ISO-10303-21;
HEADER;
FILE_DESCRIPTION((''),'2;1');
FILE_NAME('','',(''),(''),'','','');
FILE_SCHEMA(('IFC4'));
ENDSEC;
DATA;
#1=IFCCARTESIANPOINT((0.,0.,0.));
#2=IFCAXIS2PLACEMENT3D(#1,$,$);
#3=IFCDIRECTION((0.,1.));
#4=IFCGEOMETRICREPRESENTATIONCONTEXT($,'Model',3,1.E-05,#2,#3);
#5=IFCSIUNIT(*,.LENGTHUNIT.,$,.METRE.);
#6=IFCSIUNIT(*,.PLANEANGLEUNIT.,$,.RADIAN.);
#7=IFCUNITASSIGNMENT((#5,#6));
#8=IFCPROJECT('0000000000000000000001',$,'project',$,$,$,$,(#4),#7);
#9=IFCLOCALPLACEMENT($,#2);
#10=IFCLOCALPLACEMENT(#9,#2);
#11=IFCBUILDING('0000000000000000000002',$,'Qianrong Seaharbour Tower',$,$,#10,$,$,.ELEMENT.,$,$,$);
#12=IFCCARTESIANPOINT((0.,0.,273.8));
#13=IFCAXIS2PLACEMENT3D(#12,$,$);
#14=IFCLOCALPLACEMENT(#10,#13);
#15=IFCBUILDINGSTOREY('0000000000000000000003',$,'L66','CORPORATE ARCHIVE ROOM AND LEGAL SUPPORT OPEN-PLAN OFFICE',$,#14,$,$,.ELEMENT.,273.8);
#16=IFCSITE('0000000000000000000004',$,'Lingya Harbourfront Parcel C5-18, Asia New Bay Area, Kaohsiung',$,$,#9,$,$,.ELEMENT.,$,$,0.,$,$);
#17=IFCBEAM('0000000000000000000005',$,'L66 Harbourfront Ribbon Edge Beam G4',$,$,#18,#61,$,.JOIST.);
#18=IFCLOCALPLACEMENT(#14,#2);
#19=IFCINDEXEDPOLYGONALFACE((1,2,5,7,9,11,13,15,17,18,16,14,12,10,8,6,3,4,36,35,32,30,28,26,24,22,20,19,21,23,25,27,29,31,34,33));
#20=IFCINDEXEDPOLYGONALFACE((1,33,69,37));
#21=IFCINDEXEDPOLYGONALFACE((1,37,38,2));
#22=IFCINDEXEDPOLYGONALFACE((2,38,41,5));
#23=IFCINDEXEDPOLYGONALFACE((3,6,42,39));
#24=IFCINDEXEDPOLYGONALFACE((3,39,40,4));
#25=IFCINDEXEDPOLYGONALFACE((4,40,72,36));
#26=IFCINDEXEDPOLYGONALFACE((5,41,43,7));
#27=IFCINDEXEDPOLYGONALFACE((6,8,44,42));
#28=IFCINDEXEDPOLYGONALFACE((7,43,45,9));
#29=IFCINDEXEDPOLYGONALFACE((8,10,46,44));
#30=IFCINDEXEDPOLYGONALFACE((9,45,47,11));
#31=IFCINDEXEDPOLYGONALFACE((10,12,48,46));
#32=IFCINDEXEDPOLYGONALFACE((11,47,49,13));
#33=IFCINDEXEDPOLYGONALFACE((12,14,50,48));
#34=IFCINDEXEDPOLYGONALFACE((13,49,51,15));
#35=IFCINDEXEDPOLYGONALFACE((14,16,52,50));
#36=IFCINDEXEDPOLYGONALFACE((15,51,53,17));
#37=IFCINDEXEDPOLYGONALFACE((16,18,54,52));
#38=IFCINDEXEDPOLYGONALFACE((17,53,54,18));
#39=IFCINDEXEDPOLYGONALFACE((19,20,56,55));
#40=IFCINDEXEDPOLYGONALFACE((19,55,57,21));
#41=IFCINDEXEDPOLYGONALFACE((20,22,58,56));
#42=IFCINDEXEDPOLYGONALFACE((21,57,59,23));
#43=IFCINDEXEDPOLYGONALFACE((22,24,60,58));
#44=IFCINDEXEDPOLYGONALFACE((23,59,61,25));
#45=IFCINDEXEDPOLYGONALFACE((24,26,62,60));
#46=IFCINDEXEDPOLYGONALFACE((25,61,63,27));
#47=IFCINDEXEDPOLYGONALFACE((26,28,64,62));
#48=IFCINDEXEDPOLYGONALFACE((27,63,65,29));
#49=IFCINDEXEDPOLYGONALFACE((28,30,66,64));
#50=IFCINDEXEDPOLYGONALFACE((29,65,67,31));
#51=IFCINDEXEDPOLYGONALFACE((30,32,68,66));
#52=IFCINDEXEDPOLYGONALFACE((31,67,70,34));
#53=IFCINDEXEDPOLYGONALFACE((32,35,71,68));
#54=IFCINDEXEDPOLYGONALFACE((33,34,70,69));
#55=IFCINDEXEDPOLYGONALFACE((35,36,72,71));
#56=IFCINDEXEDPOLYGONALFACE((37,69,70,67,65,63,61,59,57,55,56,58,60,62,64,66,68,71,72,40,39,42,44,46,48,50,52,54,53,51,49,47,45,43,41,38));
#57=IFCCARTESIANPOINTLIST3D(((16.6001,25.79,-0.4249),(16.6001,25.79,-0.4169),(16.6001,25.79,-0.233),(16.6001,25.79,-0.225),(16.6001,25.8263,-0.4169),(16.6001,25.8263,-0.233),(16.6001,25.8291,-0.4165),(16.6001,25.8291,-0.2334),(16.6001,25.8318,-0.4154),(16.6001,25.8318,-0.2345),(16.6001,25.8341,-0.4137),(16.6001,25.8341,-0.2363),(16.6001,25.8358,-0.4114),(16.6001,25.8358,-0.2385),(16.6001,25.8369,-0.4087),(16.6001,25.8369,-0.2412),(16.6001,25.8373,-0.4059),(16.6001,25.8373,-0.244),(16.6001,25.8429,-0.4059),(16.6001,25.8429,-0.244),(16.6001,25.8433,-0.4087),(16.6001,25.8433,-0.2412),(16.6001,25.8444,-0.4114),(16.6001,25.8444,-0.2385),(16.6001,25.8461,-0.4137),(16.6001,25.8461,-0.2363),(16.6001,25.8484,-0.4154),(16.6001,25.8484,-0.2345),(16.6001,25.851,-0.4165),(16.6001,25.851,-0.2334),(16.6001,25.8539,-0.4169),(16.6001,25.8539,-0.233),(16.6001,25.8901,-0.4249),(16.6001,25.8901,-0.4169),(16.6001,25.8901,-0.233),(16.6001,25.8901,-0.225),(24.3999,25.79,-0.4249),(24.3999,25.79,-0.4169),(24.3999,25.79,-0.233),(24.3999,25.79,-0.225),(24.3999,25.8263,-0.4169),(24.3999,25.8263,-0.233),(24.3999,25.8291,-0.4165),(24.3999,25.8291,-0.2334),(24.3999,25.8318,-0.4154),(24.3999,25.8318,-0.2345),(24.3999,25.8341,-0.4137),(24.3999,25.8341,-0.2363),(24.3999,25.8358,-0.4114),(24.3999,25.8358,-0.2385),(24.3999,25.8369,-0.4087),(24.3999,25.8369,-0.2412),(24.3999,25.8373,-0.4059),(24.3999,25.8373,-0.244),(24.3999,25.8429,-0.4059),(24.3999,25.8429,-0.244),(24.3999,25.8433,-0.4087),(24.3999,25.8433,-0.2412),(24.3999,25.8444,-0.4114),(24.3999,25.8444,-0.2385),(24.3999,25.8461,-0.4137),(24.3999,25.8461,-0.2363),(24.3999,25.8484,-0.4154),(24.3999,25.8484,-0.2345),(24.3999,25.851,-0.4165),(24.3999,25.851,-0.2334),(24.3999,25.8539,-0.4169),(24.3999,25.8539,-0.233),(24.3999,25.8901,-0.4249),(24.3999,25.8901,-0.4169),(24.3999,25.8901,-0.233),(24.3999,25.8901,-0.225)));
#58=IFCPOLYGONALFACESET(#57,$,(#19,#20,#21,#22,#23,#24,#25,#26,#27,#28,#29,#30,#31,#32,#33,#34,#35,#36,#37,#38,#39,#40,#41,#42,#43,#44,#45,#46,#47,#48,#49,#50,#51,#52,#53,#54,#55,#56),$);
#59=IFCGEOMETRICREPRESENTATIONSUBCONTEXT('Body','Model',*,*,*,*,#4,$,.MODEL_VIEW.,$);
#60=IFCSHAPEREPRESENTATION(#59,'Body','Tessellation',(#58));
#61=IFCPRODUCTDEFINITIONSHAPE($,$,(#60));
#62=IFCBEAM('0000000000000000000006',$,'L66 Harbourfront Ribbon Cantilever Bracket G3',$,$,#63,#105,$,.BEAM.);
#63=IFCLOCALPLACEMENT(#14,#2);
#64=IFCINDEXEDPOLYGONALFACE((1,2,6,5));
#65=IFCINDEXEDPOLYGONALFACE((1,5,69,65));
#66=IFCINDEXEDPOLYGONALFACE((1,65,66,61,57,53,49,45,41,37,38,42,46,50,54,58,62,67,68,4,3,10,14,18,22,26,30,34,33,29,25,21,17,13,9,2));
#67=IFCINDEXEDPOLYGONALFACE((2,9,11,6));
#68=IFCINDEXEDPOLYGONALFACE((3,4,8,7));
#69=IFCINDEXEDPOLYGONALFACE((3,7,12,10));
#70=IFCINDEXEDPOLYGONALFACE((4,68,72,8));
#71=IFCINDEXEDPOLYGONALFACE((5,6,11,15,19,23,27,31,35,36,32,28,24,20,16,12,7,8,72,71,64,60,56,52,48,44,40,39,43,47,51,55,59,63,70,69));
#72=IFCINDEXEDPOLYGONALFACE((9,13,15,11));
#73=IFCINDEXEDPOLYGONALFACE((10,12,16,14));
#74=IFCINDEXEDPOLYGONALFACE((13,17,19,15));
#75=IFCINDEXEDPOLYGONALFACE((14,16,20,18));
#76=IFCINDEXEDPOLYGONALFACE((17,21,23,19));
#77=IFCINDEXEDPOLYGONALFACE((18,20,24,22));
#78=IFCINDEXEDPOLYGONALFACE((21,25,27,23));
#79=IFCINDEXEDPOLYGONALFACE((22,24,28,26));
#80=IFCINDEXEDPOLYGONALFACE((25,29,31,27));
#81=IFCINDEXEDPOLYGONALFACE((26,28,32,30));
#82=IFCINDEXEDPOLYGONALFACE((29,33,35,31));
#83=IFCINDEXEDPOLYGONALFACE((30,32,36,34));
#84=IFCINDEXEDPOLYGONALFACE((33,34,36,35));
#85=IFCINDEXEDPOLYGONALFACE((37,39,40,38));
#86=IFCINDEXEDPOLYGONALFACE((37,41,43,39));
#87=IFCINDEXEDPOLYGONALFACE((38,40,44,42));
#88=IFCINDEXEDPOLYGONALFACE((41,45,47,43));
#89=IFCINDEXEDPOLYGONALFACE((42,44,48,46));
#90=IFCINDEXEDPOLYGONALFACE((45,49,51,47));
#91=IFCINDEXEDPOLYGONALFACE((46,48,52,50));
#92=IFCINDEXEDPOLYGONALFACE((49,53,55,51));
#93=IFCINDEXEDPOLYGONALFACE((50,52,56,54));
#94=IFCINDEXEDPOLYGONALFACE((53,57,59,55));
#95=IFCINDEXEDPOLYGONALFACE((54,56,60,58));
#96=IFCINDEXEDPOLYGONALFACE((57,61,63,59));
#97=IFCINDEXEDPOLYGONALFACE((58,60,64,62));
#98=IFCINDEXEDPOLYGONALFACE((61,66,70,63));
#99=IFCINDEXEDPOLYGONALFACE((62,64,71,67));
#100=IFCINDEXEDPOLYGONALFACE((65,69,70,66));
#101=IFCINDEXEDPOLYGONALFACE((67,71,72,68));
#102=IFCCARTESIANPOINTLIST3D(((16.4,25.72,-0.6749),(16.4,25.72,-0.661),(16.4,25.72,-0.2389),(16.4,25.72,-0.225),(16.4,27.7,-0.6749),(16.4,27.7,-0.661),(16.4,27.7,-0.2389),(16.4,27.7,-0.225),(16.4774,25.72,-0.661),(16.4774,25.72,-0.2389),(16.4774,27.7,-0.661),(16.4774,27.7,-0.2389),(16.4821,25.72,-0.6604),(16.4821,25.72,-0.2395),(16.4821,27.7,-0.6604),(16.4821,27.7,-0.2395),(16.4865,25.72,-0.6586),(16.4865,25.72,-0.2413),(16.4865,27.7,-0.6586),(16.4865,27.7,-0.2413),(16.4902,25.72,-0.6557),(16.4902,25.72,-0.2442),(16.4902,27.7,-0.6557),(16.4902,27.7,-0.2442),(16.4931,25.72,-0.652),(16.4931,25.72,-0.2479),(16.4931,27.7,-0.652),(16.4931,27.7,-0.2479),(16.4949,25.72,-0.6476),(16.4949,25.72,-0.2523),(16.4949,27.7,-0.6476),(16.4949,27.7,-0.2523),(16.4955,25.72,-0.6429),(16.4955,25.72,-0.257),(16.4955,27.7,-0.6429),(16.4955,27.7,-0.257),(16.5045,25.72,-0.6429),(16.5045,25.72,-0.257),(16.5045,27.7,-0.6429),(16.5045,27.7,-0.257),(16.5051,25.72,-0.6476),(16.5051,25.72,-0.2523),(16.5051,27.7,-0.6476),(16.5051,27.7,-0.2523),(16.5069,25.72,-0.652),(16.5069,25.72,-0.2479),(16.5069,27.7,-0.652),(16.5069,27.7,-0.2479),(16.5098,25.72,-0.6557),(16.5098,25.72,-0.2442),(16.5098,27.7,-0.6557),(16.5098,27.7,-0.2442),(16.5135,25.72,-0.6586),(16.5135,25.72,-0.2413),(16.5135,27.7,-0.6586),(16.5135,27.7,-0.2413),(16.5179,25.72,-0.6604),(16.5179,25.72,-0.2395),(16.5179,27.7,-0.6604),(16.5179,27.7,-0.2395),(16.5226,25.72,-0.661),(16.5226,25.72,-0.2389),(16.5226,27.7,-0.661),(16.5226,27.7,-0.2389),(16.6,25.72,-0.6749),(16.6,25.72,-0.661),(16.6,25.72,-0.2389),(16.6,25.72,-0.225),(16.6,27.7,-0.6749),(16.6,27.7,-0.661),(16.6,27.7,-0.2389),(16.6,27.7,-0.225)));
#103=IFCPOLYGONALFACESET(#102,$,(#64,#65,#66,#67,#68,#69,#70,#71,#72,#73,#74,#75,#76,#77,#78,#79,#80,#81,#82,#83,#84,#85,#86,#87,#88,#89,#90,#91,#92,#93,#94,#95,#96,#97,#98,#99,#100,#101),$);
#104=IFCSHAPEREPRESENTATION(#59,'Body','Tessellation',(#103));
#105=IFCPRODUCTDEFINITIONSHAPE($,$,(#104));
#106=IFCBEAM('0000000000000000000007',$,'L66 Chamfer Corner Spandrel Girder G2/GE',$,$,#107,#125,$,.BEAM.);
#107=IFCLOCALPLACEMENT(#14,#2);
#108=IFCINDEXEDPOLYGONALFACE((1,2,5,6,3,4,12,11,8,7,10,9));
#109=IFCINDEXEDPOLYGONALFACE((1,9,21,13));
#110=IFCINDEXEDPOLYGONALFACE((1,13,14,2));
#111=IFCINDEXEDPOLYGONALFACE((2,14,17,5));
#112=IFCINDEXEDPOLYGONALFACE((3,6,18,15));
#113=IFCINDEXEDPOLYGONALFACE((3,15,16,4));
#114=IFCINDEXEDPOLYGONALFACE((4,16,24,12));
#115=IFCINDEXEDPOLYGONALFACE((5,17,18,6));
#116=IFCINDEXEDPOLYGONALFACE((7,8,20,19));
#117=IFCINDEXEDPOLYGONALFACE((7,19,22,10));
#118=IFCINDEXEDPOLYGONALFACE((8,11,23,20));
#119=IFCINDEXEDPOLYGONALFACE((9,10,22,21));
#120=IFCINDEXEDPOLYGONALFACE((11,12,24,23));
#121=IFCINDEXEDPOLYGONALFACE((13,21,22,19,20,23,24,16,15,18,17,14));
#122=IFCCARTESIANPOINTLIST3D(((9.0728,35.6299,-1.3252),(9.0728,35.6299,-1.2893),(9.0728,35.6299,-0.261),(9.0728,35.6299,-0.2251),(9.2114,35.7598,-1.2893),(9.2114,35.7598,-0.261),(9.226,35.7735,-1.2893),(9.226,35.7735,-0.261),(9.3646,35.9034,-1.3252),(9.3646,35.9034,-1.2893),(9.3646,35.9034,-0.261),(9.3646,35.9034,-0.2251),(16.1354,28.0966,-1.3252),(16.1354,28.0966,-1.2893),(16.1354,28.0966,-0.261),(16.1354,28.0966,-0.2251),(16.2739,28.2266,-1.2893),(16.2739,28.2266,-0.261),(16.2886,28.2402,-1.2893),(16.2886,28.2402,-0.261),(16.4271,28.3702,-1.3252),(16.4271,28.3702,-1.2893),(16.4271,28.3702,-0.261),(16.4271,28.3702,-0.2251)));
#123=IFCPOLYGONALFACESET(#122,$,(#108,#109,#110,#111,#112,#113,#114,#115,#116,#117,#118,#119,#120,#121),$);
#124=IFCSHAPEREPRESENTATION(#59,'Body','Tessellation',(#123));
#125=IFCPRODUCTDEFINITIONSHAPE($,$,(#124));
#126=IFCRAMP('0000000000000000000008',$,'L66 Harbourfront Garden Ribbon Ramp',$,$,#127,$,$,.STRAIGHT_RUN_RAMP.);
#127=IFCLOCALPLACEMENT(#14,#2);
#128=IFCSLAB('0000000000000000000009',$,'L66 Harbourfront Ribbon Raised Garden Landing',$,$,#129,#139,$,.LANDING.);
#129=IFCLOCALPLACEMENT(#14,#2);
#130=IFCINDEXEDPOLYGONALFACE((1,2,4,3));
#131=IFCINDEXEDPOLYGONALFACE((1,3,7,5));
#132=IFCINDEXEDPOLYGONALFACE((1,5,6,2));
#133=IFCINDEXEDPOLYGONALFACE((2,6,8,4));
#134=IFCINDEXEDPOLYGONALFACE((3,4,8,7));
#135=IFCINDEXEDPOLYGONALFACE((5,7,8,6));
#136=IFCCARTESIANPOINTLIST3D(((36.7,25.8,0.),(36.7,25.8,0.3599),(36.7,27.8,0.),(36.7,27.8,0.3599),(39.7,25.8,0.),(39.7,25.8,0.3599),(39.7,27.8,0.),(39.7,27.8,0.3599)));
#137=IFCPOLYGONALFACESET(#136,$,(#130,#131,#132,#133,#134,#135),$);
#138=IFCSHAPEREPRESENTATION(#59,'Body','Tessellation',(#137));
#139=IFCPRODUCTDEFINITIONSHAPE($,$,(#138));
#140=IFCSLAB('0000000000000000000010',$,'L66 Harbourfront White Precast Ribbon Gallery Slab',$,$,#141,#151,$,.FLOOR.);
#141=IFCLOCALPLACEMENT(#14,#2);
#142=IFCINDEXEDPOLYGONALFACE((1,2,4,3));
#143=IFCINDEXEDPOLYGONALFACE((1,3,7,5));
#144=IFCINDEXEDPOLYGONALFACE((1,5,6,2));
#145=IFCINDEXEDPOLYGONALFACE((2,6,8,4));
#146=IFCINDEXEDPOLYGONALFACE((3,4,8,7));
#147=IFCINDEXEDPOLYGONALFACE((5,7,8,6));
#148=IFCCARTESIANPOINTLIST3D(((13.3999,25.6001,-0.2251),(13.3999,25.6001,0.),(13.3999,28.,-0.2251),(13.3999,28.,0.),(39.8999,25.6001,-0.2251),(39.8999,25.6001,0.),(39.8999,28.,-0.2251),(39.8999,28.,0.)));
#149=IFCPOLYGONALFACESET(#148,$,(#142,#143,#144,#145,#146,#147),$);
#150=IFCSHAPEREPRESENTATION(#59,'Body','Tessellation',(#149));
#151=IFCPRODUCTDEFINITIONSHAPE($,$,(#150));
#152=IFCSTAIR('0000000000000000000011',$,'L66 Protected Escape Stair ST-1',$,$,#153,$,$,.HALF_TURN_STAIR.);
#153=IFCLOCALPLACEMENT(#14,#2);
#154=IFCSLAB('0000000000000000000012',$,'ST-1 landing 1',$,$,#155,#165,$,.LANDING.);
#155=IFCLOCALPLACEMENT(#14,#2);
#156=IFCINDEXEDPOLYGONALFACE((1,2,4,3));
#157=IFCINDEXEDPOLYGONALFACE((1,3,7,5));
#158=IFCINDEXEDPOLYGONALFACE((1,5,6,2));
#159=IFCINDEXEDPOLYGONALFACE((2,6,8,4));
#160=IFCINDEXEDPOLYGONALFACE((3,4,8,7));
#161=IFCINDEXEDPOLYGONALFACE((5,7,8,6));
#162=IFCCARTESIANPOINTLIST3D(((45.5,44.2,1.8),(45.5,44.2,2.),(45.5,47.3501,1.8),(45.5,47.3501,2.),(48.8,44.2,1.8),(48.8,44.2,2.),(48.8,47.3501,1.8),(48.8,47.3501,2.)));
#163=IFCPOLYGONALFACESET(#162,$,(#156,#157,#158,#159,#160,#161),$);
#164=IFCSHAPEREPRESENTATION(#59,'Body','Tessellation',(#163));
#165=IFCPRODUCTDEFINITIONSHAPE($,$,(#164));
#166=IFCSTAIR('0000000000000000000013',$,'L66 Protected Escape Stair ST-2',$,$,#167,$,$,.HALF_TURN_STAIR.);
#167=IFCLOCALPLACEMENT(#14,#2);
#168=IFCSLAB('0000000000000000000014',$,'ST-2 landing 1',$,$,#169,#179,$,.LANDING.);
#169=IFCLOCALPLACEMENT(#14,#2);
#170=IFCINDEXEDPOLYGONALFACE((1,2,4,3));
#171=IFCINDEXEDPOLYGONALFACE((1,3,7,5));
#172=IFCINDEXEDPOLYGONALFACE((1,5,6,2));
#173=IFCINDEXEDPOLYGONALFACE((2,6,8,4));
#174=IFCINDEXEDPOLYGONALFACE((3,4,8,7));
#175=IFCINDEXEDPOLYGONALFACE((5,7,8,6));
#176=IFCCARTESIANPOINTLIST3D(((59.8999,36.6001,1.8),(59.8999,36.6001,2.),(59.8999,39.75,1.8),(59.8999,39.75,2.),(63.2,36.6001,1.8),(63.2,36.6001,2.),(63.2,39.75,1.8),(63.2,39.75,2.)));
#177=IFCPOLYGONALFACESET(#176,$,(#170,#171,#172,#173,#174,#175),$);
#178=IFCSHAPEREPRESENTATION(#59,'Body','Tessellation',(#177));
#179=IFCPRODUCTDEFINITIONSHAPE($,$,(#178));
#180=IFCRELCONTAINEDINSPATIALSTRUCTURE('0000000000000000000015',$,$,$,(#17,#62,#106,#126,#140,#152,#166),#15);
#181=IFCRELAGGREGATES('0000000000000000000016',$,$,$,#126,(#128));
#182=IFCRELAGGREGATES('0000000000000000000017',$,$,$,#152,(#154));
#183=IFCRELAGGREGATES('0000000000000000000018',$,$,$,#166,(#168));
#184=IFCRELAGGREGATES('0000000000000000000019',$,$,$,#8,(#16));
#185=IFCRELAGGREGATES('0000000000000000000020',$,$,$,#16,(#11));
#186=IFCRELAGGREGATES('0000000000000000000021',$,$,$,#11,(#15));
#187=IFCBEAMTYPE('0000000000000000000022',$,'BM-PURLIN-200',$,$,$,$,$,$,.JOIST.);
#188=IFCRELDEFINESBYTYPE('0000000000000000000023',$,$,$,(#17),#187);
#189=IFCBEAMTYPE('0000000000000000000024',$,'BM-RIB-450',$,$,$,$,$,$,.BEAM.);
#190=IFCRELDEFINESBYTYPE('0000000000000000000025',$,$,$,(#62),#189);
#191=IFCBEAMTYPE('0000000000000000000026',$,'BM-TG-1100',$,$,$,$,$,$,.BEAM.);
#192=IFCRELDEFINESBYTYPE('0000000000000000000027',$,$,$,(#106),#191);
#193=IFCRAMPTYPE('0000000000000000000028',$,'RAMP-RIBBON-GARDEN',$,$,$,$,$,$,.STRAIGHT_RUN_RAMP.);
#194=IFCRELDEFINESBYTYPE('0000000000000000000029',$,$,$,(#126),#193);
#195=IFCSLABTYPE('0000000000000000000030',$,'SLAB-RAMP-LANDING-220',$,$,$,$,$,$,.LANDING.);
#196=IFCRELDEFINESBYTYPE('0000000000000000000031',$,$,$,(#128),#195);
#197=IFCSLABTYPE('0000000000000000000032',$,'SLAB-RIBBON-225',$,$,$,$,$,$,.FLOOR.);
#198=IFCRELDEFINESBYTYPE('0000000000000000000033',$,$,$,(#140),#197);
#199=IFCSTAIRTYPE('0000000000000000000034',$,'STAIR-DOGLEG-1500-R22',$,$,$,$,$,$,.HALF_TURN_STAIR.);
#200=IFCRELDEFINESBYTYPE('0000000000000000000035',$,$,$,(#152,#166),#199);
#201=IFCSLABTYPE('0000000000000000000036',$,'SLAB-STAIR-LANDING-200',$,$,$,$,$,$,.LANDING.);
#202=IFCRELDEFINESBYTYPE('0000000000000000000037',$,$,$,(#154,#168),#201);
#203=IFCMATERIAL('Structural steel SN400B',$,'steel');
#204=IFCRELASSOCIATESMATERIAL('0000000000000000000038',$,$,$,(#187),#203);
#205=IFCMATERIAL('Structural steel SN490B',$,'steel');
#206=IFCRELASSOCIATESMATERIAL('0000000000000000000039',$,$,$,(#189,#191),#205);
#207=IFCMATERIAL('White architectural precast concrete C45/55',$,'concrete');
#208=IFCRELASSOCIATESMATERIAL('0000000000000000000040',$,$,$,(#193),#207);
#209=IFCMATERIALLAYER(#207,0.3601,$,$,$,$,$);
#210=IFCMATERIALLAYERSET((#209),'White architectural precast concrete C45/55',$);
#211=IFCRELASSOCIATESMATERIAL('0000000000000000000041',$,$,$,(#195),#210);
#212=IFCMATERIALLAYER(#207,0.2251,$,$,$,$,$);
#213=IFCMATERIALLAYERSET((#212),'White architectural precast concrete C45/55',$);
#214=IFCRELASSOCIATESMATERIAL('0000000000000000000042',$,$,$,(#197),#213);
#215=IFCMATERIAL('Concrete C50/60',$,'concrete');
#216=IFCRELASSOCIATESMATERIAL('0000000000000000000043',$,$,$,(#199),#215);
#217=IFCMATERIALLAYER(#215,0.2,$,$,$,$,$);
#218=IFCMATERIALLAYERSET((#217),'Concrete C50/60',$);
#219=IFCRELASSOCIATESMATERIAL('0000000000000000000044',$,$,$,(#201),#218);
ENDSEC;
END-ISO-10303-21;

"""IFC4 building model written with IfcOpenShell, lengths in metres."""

from ifc_helpers import new_model, si_unit, direction, frame, origin, origin_2d, place, context, subcontext, project, spatial, polyline, i_section, outline, extrude, material, layer, layer_set, material_profile, profile_set, type_object, element, aggregate, save


model = new_model("IFC4")

# Units and contexts
model_context = context("Model", 3, precision=1e-05, world=origin(), true_north=direction((0.0, 1.0)))
body_context = subcontext(model_context, "Body", "Model", "MODEL_VIEW")
ifc_project = project(units=[si_unit("LENGTHUNIT", "METRE"), si_unit("PLANEANGLEUNIT", "RADIAN")], contexts=[model_context])

# Site, building, storey
site_placement = place(None, origin())
site = spatial("IfcSite", under=ifc_project, at=site_placement, Name="Lingya Harbourfront Parcel C5-18, Asia New Bay Area, Kaohsiung", CompositionType="ELEMENT", RefElevation=0.0)
building_placement = place(site_placement, origin())
building = spatial("IfcBuilding", under=site, at=building_placement, Name="Qianrong Seaharbour Tower", CompositionType="ELEMENT")
storey_placement = place(building_placement, frame((0.0, 0.0, 273.8)))
storey = spatial("IfcBuildingStorey", under=building, at=storey_placement, Name="L66", Description="CORPORATE ARCHIVE ROOM AND LEGAL SUPPORT OPEN-PLAN OFFICE", CompositionType="ELEMENT", Elevation=273.8)

# Shared definitions
ifc_material_1 = material(Name="Structural steel SN490B", Category="steel")

# Beams
ifc_material_2 = material(Name="Structural steel SN400B", Category="steel")
ifc_material_profile_1 = material_profile(ifc_material_2, i_section(OverallWidth=0.1001, OverallDepth=0.2, WebThickness=0.0056, FlangeThickness=0.0081, FilletRadius=0.011, at=origin_2d()), Name="H200x100x5.5x8")
ifc_profile_set_1 = profile_set([ifc_material_profile_1], Name="Structural steel SN400B")
beam_type_1 = type_object("IfcBeamType", Name="BM-PURLIN-200", PredefinedType="JOIST", material=ifc_profile_set_1)
beam_1_placement = place(storey_placement, frame((16.6001, 25.8401, -0.325), z_axis=(1.0, 0.0, 0.0), x_axis=(0.0, 1.0, 0.0)))
element("IfcBeam", 1, at=beam_1_placement, inside=storey, type_object=beam_type_1, Name="L66 Harbourfront Ribbon Edge Beam G4", PredefinedType="JOIST", context=body_context, shape_type="SweptSolid", body=[
    extrude(i_section(OverallWidth=0.1001, OverallDepth=0.2, WebThickness=0.0056, FlangeThickness=0.0081, FilletRadius=0.011, at=origin_2d()), origin(), (0.0, 0.0, 1.0), 7.7998),
])
ifc_material_profile_2 = material_profile(ifc_material_1, i_section(OverallWidth=0.2, OverallDepth=0.45, WebThickness=0.009, FlangeThickness=0.0139, FilletRadius=0.0181, at=origin_2d()), Name="H450x200x9x14")
ifc_profile_set_2 = profile_set([ifc_material_profile_2], Name="Structural steel SN490B")
beam_type_2 = type_object("IfcBeamType", Name="BM-RIB-450", PredefinedType="BEAM", material=ifc_profile_set_2)
beam_2_placement = place(storey_placement, frame((16.5, 27.7, -0.45), z_axis=(0.0, -1.0, 0.0), x_axis=(1.0, 0.0, 0.0)))
element("IfcBeam", 2, at=beam_2_placement, inside=storey, type_object=beam_type_2, Name="L66 Harbourfront Ribbon Cantilever Bracket G3", PredefinedType="BEAM", context=body_context, shape_type="SweptSolid", body=[
    extrude(i_section(OverallWidth=0.2, OverallDepth=0.45, WebThickness=0.009, FlangeThickness=0.0139, FilletRadius=0.0181, at=origin_2d()), origin(), (0.0, 0.0, 1.0), 1.98),
])
ifc_material_profile_3 = material_profile(ifc_material_1, i_section(OverallWidth=0.3999, OverallDepth=1.1001, WebThickness=0.02, FlangeThickness=0.0359, at=origin_2d()), Name="BH1100x400x20x36")
ifc_profile_set_3 = profile_set([ifc_material_profile_3], Name="Structural steel SN490B")
beam_type_3 = type_object("IfcBeamType", Name="BM-TG-1100", PredefinedType="BEAM", material=ifc_profile_set_3)
beam_3_placement = place(storey_placement, frame((16.2812, 28.2334, -0.7751), z_axis=(-0.683947, 0.729531, 0.0), x_axis=(-0.729531, -0.683947, 0.0)))
element("IfcBeam", 3, at=beam_3_placement, inside=storey, type_object=beam_type_3, Name="L66 Chamfer Corner Spandrel Girder G2/GE", PredefinedType="BEAM", context=body_context, shape_type="SweptSolid", body=[
    extrude(i_section(OverallWidth=0.3999, OverallDepth=1.1001, WebThickness=0.02, FlangeThickness=0.0359, at=origin_2d()), origin(), (0.0, 0.0, 1.0), 10.3262),
])

# Ramp, slab
ifc_material_3 = material(Name="White architectural precast concrete C45/55", Category="concrete")
ramp_type = type_object("IfcRampType", Name="RAMP-RIBBON-GARDEN", PredefinedType="STRAIGHT_RUN_RAMP", material=ifc_material_3)
ramp_placement = place(storey_placement, origin())
ramp = element("IfcRamp", 4, at=ramp_placement, inside=storey, type_object=ramp_type, Name="L66 Harbourfront Garden Ribbon Ramp", PredefinedType="STRAIGHT_RUN_RAMP")
ifc_layer_1 = layer(ifc_material_3, 0.3601)
ifc_layer_set_1 = layer_set([ifc_layer_1], Name="White architectural precast concrete C45/55")
slab_type_1 = type_object("IfcSlabType", Name="SLAB-RAMP-LANDING-220", PredefinedType="LANDING", material=ifc_layer_set_1)
slab_1_placement = place(storey_placement, origin())
slab_1 = element("IfcSlab", 5, at=slab_1_placement, type_object=slab_type_1, Name="L66 Harbourfront Ribbon Raised Garden Landing", PredefinedType="LANDING", context=body_context, shape_type="SweptSolid", body=[
    extrude(outline(polyline([(36.7, 25.8), (39.7, 25.8), (39.7, 27.8), (36.7, 27.8), (36.7, 25.8)])), origin(), (0.0, 0.0, 1.0), 0.3599),
])
aggregate(ramp, [slab_1])

# Slab
ifc_layer_2 = layer(ifc_material_3, 0.2251)
ifc_layer_set_2 = layer_set([ifc_layer_2], Name="White architectural precast concrete C45/55")
slab_type_2 = type_object("IfcSlabType", Name="SLAB-RIBBON-225", PredefinedType="FLOOR", material=ifc_layer_set_2)
slab_2_placement = place(storey_placement, frame((0.0, 0.0, -0.2251)))
element("IfcSlab", 6, at=slab_2_placement, inside=storey, type_object=slab_type_2, Name="L66 Harbourfront White Precast Ribbon Gallery Slab", PredefinedType="FLOOR", context=body_context, shape_type="SweptSolid", body=[
    extrude(outline(polyline([(13.3999, 25.6001), (39.8999, 25.6001), (39.8999, 28.0), (13.3999, 28.0), (13.3999, 25.6001)])), origin(), (0.0, 0.0, 1.0), 0.2251),
])

# Stairs, slabs
ifc_material_4 = material(Name="Concrete C50/60", Category="concrete")
stair_type = type_object("IfcStairType", Name="STAIR-DOGLEG-1500-R22", PredefinedType="HALF_TURN_STAIR", material=ifc_material_4)
stair_1_placement = place(storey_placement, origin())
stair_1 = element("IfcStair", 7, at=stair_1_placement, inside=storey, type_object=stair_type, Name="L66 Protected Escape Stair ST-1", PredefinedType="HALF_TURN_STAIR")
ifc_layer_3 = layer(ifc_material_4, 0.2)
ifc_layer_set_3 = layer_set([ifc_layer_3], Name="Concrete C50/60")
slab_type_3 = type_object("IfcSlabType", Name="SLAB-STAIR-LANDING-200", PredefinedType="LANDING", material=ifc_layer_set_3)
slab_3_placement = place(storey_placement, frame((0.0, 0.0, 1.8)))
slab_3 = element("IfcSlab", 8, at=slab_3_placement, type_object=slab_type_3, Name="ST-1 landing 1", PredefinedType="LANDING", context=body_context, shape_type="SweptSolid", body=[
    extrude(outline(polyline([(45.5, 44.2), (48.8, 44.2), (48.8, 47.3501), (45.5, 47.3501), (45.5, 44.2)])), origin(), (0.0, 0.0, 1.0), 0.2),
])
aggregate(stair_1, [slab_3])
stair_2_placement = place(storey_placement, origin())
stair_2 = element("IfcStair", 9, at=stair_2_placement, inside=storey, type_object=stair_type, Name="L66 Protected Escape Stair ST-2", PredefinedType="HALF_TURN_STAIR")
slab_4_placement = place(storey_placement, frame((0.0, 0.0, 1.8)))
slab_4 = element("IfcSlab", 10, at=slab_4_placement, type_object=slab_type_3, Name="ST-2 landing 1", PredefinedType="LANDING", context=body_context, shape_type="SweptSolid", body=[
    extrude(outline(polyline([(59.8999, 36.6001), (63.2, 36.6001), (63.2, 39.75), (59.8999, 39.75), (59.8999, 36.6001)])), origin(), (0.0, 0.0, 1.0), 0.2),
])
aggregate(stair_2, [slab_4])

save(model, "model.ifc")
